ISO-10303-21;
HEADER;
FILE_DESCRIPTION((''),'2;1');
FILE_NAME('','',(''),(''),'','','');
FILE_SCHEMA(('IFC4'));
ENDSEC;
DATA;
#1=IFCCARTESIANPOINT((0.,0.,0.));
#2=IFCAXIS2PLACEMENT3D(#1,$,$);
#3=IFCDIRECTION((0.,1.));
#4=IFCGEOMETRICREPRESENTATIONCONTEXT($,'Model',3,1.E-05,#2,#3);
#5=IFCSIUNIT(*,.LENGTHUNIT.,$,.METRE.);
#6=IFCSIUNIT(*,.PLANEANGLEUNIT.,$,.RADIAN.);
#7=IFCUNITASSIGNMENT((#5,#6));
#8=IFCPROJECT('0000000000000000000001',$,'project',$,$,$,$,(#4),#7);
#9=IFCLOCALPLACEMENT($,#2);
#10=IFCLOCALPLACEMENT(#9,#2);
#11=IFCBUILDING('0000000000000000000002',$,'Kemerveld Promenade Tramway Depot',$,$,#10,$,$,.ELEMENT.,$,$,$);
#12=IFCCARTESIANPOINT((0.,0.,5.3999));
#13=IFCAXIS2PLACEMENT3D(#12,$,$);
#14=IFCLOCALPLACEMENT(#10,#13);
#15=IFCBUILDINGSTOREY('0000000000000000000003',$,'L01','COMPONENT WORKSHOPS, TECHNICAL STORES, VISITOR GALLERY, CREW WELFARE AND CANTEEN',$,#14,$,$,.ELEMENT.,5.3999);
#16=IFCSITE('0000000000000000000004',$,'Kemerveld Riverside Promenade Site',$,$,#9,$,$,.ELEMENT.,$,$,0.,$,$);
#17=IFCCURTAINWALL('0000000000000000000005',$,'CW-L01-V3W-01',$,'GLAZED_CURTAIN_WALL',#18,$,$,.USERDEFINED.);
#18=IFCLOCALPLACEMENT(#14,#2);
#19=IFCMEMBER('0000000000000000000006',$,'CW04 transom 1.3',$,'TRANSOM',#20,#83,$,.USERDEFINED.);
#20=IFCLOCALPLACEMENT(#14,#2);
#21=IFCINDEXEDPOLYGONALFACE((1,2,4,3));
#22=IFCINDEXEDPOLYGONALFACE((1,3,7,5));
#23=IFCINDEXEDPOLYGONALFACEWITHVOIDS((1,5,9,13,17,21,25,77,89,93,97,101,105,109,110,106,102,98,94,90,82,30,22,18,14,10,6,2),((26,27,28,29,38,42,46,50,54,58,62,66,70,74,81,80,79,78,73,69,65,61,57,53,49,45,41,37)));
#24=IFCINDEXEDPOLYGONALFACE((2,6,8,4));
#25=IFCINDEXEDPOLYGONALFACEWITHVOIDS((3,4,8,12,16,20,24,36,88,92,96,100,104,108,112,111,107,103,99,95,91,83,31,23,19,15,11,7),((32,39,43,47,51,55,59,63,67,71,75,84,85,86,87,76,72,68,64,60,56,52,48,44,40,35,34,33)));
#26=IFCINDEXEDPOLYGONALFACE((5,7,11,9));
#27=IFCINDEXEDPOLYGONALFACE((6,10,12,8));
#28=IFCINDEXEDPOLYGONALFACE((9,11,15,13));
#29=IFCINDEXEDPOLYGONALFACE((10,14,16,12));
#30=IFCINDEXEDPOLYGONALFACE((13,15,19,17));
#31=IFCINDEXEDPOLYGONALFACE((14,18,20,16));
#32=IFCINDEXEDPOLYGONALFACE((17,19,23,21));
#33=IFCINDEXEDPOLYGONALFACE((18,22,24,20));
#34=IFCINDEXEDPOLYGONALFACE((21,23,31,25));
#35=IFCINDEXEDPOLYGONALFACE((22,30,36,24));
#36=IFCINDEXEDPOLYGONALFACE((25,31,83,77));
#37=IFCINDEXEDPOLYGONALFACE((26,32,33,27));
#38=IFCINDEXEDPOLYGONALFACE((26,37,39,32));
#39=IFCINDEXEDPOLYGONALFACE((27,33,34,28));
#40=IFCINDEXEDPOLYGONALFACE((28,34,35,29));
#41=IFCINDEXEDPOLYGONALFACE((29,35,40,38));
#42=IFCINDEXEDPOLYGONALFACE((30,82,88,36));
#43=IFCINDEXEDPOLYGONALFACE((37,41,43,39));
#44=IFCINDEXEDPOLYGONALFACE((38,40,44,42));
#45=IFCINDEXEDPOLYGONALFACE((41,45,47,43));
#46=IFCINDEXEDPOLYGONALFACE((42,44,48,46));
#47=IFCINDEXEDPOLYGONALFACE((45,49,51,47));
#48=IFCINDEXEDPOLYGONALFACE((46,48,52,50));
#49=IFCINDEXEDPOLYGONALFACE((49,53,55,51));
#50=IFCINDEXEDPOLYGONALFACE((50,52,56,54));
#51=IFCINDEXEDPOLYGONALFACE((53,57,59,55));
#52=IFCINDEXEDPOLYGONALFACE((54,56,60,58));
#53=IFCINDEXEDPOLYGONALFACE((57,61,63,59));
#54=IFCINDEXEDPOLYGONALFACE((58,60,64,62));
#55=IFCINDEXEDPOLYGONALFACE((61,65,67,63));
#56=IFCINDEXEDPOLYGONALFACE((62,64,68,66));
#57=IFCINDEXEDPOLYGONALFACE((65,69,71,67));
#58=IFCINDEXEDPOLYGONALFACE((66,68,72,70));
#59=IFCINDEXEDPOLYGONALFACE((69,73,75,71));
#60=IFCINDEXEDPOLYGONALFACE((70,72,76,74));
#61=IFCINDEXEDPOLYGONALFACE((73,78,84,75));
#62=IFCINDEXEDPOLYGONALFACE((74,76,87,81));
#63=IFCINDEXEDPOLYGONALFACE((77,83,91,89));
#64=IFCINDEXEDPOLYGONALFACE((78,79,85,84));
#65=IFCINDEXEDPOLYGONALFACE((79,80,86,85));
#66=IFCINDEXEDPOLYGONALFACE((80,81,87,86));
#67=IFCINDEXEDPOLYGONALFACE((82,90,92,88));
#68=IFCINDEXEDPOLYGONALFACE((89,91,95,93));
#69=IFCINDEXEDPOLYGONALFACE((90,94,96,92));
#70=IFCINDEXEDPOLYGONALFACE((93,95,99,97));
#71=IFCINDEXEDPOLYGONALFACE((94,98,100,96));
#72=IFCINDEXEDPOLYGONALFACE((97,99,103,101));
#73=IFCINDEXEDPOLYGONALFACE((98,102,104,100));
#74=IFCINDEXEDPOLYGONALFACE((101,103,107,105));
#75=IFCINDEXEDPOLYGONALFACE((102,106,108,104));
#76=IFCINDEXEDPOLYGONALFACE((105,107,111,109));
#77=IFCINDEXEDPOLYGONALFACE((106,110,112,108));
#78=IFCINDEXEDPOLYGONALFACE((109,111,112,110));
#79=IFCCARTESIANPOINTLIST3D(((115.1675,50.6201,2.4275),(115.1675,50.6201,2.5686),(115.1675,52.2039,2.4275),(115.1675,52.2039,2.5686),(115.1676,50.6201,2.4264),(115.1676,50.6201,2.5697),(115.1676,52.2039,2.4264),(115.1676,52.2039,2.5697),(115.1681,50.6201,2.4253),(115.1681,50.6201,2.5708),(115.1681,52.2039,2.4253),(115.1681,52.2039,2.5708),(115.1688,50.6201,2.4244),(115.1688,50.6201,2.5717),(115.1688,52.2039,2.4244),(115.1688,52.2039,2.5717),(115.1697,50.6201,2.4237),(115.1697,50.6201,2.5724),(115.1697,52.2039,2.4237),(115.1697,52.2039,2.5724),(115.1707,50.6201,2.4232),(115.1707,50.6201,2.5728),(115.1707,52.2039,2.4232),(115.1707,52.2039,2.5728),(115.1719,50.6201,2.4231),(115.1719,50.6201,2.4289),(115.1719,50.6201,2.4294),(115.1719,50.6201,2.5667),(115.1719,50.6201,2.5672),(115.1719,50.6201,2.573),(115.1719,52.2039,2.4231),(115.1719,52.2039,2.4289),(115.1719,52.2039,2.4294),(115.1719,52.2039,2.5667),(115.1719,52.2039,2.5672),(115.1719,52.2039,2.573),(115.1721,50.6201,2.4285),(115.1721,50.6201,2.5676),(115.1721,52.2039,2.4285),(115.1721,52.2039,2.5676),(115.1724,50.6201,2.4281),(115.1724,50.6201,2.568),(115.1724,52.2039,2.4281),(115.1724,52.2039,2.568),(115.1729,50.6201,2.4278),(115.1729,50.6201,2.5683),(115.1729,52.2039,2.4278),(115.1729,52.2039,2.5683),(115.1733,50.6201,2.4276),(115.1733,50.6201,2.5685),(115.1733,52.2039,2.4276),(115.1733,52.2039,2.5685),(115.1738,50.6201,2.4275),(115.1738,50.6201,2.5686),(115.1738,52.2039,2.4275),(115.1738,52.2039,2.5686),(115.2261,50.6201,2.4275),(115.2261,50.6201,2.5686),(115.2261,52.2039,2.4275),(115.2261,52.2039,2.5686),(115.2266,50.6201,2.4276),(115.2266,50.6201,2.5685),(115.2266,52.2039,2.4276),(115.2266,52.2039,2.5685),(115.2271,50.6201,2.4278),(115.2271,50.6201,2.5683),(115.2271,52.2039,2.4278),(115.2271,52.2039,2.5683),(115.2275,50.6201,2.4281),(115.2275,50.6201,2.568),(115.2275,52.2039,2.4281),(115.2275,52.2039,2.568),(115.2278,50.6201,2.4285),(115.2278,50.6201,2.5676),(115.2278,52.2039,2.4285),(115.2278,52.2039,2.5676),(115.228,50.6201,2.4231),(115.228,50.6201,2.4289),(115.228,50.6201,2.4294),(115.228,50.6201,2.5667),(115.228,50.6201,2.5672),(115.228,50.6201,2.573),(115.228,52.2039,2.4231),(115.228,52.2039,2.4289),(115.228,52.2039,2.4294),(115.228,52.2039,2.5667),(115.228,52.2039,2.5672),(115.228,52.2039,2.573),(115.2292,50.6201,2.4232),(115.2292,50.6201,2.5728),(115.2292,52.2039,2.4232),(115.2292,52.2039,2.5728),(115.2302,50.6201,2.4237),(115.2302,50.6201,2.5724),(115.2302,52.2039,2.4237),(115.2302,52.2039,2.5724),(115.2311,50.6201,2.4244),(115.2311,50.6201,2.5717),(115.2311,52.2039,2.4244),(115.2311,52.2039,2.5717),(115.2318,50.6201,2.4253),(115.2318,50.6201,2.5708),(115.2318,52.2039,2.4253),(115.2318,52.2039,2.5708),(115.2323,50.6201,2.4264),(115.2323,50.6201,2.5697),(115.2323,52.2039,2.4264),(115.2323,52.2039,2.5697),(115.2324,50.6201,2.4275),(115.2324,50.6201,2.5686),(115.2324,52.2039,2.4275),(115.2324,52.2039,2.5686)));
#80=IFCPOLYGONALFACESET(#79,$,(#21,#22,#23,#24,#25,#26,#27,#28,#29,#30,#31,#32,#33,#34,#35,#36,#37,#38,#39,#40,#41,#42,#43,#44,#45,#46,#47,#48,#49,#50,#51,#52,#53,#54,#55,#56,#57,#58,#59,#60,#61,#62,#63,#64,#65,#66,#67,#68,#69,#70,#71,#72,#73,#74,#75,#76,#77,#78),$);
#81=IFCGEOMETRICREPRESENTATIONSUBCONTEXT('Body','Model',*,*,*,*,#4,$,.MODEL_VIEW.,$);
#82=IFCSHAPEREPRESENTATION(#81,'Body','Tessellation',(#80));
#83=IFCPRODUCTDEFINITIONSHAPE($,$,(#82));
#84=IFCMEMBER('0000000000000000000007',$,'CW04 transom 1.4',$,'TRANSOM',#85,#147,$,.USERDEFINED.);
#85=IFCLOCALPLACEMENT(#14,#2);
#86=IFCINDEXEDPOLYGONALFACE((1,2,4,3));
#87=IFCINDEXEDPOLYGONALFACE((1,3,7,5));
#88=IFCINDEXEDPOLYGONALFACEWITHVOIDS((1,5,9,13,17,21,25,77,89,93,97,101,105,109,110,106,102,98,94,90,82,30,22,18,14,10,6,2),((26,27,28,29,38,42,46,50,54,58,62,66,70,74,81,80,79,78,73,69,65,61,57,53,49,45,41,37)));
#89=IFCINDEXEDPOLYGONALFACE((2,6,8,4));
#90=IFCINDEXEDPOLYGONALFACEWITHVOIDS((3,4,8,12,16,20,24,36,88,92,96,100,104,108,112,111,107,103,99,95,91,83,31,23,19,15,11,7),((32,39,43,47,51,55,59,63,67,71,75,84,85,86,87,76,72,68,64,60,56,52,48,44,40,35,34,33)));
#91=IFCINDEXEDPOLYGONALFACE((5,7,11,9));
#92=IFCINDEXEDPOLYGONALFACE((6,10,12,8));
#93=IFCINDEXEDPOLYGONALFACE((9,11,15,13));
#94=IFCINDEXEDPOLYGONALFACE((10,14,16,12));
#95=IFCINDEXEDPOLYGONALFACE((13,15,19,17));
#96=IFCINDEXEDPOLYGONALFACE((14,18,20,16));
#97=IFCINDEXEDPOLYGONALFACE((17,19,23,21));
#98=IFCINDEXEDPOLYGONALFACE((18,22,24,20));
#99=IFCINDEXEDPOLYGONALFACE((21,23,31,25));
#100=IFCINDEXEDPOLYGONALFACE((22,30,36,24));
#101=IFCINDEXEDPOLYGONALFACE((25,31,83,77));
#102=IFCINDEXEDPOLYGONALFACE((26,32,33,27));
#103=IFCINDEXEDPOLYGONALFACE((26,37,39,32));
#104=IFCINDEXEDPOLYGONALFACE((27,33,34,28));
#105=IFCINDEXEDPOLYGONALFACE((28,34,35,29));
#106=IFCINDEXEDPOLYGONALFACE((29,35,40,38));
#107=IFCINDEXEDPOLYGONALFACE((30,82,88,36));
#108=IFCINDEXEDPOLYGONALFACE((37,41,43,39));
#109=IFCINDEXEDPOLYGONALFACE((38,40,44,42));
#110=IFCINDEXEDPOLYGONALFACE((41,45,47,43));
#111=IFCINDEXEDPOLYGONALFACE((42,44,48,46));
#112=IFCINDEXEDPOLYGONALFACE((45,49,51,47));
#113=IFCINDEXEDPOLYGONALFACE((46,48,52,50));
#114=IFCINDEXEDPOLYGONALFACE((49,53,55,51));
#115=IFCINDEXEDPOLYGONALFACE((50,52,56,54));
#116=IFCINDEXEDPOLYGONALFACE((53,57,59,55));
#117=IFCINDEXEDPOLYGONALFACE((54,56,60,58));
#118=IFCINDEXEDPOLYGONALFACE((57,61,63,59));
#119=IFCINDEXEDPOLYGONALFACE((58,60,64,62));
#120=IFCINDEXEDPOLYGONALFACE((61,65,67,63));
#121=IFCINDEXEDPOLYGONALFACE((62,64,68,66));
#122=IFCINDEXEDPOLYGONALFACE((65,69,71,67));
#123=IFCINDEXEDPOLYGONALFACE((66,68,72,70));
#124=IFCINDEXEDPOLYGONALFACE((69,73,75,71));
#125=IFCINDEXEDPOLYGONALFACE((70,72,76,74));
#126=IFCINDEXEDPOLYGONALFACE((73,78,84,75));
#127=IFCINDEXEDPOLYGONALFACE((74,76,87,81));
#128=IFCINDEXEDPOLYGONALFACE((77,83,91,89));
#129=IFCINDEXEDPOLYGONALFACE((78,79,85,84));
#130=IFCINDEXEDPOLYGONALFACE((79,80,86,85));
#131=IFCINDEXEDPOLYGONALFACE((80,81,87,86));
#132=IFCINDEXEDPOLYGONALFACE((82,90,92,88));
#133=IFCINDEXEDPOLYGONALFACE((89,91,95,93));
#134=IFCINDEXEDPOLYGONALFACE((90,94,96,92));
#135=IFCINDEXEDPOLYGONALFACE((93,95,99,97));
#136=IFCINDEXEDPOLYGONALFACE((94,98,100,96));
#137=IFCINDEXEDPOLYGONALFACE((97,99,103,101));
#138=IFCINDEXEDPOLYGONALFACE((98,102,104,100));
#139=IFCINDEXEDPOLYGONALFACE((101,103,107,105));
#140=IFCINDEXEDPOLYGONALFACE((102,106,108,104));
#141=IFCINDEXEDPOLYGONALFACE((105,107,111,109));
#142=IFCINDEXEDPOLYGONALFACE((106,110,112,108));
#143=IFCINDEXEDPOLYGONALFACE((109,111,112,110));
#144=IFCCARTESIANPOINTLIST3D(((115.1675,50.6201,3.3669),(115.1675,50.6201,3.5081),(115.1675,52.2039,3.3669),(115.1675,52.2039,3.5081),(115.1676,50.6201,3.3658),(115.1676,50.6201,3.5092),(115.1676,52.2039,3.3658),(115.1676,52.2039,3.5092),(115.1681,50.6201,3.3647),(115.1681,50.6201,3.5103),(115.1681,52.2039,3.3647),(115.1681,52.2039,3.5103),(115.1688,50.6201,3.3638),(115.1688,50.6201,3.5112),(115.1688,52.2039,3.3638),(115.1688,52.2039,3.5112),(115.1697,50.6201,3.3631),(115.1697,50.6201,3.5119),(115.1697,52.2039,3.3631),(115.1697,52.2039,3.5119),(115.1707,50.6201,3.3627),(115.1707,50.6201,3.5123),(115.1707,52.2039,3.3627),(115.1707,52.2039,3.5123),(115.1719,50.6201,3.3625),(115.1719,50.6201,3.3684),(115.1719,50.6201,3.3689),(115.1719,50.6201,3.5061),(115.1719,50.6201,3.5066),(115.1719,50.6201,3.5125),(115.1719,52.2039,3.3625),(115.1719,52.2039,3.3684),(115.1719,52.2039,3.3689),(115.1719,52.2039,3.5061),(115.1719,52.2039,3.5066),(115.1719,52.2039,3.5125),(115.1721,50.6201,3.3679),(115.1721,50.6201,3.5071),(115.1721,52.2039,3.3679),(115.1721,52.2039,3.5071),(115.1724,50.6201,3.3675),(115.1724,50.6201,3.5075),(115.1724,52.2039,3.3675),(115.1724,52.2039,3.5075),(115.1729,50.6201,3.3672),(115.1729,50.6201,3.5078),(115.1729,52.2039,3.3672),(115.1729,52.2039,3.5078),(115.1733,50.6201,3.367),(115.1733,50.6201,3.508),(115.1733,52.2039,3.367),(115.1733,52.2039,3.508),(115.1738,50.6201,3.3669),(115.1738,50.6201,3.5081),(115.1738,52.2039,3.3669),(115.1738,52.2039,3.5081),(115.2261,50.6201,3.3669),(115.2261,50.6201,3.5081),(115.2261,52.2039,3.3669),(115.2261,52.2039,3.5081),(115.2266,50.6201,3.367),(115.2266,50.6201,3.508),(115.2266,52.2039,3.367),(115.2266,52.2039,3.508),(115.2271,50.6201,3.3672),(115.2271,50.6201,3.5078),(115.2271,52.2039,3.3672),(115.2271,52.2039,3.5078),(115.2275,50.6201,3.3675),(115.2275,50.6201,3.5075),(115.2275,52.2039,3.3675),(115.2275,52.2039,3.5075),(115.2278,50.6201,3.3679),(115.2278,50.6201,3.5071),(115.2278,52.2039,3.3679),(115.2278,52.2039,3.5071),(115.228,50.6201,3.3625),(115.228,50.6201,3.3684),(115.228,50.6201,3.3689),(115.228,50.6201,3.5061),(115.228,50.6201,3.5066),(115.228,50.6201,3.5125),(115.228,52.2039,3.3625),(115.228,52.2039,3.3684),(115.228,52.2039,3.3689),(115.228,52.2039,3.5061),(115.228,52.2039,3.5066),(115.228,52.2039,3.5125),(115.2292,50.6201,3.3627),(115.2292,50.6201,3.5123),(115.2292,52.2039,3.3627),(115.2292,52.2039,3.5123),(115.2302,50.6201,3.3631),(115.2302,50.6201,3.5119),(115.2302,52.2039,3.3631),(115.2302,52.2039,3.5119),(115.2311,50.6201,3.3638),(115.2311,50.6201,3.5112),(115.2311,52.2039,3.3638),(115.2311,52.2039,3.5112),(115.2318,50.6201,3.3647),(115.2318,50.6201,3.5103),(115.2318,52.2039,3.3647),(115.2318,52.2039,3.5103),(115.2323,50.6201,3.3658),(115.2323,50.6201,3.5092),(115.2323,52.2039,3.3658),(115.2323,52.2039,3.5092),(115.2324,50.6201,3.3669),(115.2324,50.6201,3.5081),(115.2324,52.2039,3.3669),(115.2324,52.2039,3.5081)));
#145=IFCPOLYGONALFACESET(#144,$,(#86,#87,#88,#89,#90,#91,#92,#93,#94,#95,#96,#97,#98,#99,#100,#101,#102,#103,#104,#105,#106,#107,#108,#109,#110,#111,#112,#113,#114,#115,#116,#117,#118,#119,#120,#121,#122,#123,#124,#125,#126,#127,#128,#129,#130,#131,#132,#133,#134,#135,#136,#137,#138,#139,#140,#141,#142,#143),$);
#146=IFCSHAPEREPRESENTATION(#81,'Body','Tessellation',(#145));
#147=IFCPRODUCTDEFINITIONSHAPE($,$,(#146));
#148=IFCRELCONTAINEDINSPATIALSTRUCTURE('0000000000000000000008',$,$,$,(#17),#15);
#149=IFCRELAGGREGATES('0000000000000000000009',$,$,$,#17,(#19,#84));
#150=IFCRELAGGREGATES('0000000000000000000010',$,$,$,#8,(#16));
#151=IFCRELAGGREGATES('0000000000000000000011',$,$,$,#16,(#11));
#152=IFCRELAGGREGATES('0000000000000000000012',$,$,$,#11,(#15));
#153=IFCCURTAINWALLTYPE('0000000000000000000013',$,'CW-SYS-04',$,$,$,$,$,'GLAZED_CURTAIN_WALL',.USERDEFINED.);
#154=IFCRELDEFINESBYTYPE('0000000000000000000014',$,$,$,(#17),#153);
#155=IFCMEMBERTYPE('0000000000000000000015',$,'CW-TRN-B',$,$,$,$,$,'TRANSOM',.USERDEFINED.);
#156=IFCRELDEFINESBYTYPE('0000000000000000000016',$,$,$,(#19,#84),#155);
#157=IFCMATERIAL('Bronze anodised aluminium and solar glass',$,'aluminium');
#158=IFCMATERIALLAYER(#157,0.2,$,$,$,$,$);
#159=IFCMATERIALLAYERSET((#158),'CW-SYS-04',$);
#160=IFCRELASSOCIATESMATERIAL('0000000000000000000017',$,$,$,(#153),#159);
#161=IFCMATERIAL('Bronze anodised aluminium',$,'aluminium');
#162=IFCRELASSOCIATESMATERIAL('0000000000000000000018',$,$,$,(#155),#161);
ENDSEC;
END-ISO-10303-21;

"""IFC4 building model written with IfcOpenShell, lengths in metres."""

from ifc_helpers import new_model, si_unit, direction, frame, origin, origin_2d, place, context, subcontext, project, spatial, hollow_rectangle, extrude, material, layer, layer_set, material_profile, profile_set, type_object, element, aggregate, save


model = new_model("IFC4")

# Units and contexts
model_context = context("Model", 3, precision=1e-05, world=origin(), true_north=direction((0.0, 1.0)))
body_context = subcontext(model_context, "Body", "Model", "MODEL_VIEW")
ifc_project = project(units=[si_unit("LENGTHUNIT", "METRE"), si_unit("PLANEANGLEUNIT", "RADIAN")], contexts=[model_context])

# Site, building, storey
site_placement = place(None, origin())
site = spatial("IfcSite", under=ifc_project, at=site_placement, Name="Kemerveld Riverside Promenade Site", CompositionType="ELEMENT", RefElevation=0.0)
building_placement = place(site_placement, origin())
building = spatial("IfcBuilding", under=site, at=building_placement, Name="Kemerveld Promenade Tramway Depot", CompositionType="ELEMENT")
storey_placement = place(building_placement, frame((0.0, 0.0, 5.3999)))
storey = spatial("IfcBuildingStorey", under=building, at=storey_placement, Name="L01", Description="COMPONENT WORKSHOPS, TECHNICAL STORES, VISITOR GALLERY, CREW WELFARE AND CANTEEN", CompositionType="ELEMENT", Elevation=5.3999)

# Curtain wall, members
ifc_material_1 = material(Name="Bronze anodised aluminium and solar glass", Category="aluminium")
ifc_layer_1 = layer(ifc_material_1, 0.2)
ifc_layer_set_1 = layer_set([ifc_layer_1], Name="CW-SYS-04")
curtain_wall_type = type_object("IfcCurtainWallType", Name="CW-SYS-04", ElementType="GLAZED_CURTAIN_WALL", PredefinedType="USERDEFINED", material=ifc_layer_set_1)
curtain_wall_placement = place(storey_placement, origin())
curtain_wall = element("IfcCurtainWall", 1, at=curtain_wall_placement, inside=storey, type_object=curtain_wall_type, Name="CW-L01-V3W-01", ObjectType="GLAZED_CURTAIN_WALL", PredefinedType="USERDEFINED")
ifc_material_2 = material(Name="Bronze anodised aluminium", Category="aluminium")
ifc_material_profile_1 = material_profile(ifc_material_2, hollow_rectangle(XDim=0.0649, YDim=0.1499, WallThickness=0.0044, InnerFilletRadius=0.002, OuterFilletRadius=0.0044, at=origin_2d()), Name="CW-TRN-150x65")
ifc_profile_set_1 = profile_set([ifc_material_profile_1], Name="Bronze anodised aluminium")
member_type_1 = type_object("IfcMemberType", Name="CW-TRN-B", ElementType="TRANSOM", PredefinedType="USERDEFINED", material=ifc_profile_set_1)
member_1_placement = place(storey_placement, frame((115.2, 50.6201, 2.498), z_axis=(0.0, 1.0, 0.0), x_axis=(-1.0, 0.0, 0.0)))
member_1 = element("IfcMember", 2, at=member_1_placement, type_object=member_type_1, Name="CW04 transom 1.3", ObjectType="TRANSOM", PredefinedType="USERDEFINED", context=body_context, shape_type="SweptSolid", body=[
    extrude(hollow_rectangle(XDim=0.0649, YDim=0.1499, WallThickness=0.0044, InnerFilletRadius=0.002, OuterFilletRadius=0.0044, at=origin_2d()), origin(), (0.0, 0.0, 1.0), 1.5837),
])
member_2_placement = place(storey_placement, frame((115.2, 50.6201, 3.4375), z_axis=(0.0, 1.0, 0.0), x_axis=(-1.0, 0.0, 0.0)))
member_2 = element("IfcMember", 3, at=member_2_placement, type_object=member_type_1, Name="CW04 transom 1.4", ObjectType="TRANSOM", PredefinedType="USERDEFINED", context=body_context, shape_type="SweptSolid", body=[
    extrude(hollow_rectangle(XDim=0.0649, YDim=0.1499, WallThickness=0.0044, InnerFilletRadius=0.002, OuterFilletRadius=0.0044, at=origin_2d()), origin(), (0.0, 0.0, 1.0), 1.5837),
])
aggregate(curtain_wall, [member_1, member_2])

save(model, "model.ifc")
